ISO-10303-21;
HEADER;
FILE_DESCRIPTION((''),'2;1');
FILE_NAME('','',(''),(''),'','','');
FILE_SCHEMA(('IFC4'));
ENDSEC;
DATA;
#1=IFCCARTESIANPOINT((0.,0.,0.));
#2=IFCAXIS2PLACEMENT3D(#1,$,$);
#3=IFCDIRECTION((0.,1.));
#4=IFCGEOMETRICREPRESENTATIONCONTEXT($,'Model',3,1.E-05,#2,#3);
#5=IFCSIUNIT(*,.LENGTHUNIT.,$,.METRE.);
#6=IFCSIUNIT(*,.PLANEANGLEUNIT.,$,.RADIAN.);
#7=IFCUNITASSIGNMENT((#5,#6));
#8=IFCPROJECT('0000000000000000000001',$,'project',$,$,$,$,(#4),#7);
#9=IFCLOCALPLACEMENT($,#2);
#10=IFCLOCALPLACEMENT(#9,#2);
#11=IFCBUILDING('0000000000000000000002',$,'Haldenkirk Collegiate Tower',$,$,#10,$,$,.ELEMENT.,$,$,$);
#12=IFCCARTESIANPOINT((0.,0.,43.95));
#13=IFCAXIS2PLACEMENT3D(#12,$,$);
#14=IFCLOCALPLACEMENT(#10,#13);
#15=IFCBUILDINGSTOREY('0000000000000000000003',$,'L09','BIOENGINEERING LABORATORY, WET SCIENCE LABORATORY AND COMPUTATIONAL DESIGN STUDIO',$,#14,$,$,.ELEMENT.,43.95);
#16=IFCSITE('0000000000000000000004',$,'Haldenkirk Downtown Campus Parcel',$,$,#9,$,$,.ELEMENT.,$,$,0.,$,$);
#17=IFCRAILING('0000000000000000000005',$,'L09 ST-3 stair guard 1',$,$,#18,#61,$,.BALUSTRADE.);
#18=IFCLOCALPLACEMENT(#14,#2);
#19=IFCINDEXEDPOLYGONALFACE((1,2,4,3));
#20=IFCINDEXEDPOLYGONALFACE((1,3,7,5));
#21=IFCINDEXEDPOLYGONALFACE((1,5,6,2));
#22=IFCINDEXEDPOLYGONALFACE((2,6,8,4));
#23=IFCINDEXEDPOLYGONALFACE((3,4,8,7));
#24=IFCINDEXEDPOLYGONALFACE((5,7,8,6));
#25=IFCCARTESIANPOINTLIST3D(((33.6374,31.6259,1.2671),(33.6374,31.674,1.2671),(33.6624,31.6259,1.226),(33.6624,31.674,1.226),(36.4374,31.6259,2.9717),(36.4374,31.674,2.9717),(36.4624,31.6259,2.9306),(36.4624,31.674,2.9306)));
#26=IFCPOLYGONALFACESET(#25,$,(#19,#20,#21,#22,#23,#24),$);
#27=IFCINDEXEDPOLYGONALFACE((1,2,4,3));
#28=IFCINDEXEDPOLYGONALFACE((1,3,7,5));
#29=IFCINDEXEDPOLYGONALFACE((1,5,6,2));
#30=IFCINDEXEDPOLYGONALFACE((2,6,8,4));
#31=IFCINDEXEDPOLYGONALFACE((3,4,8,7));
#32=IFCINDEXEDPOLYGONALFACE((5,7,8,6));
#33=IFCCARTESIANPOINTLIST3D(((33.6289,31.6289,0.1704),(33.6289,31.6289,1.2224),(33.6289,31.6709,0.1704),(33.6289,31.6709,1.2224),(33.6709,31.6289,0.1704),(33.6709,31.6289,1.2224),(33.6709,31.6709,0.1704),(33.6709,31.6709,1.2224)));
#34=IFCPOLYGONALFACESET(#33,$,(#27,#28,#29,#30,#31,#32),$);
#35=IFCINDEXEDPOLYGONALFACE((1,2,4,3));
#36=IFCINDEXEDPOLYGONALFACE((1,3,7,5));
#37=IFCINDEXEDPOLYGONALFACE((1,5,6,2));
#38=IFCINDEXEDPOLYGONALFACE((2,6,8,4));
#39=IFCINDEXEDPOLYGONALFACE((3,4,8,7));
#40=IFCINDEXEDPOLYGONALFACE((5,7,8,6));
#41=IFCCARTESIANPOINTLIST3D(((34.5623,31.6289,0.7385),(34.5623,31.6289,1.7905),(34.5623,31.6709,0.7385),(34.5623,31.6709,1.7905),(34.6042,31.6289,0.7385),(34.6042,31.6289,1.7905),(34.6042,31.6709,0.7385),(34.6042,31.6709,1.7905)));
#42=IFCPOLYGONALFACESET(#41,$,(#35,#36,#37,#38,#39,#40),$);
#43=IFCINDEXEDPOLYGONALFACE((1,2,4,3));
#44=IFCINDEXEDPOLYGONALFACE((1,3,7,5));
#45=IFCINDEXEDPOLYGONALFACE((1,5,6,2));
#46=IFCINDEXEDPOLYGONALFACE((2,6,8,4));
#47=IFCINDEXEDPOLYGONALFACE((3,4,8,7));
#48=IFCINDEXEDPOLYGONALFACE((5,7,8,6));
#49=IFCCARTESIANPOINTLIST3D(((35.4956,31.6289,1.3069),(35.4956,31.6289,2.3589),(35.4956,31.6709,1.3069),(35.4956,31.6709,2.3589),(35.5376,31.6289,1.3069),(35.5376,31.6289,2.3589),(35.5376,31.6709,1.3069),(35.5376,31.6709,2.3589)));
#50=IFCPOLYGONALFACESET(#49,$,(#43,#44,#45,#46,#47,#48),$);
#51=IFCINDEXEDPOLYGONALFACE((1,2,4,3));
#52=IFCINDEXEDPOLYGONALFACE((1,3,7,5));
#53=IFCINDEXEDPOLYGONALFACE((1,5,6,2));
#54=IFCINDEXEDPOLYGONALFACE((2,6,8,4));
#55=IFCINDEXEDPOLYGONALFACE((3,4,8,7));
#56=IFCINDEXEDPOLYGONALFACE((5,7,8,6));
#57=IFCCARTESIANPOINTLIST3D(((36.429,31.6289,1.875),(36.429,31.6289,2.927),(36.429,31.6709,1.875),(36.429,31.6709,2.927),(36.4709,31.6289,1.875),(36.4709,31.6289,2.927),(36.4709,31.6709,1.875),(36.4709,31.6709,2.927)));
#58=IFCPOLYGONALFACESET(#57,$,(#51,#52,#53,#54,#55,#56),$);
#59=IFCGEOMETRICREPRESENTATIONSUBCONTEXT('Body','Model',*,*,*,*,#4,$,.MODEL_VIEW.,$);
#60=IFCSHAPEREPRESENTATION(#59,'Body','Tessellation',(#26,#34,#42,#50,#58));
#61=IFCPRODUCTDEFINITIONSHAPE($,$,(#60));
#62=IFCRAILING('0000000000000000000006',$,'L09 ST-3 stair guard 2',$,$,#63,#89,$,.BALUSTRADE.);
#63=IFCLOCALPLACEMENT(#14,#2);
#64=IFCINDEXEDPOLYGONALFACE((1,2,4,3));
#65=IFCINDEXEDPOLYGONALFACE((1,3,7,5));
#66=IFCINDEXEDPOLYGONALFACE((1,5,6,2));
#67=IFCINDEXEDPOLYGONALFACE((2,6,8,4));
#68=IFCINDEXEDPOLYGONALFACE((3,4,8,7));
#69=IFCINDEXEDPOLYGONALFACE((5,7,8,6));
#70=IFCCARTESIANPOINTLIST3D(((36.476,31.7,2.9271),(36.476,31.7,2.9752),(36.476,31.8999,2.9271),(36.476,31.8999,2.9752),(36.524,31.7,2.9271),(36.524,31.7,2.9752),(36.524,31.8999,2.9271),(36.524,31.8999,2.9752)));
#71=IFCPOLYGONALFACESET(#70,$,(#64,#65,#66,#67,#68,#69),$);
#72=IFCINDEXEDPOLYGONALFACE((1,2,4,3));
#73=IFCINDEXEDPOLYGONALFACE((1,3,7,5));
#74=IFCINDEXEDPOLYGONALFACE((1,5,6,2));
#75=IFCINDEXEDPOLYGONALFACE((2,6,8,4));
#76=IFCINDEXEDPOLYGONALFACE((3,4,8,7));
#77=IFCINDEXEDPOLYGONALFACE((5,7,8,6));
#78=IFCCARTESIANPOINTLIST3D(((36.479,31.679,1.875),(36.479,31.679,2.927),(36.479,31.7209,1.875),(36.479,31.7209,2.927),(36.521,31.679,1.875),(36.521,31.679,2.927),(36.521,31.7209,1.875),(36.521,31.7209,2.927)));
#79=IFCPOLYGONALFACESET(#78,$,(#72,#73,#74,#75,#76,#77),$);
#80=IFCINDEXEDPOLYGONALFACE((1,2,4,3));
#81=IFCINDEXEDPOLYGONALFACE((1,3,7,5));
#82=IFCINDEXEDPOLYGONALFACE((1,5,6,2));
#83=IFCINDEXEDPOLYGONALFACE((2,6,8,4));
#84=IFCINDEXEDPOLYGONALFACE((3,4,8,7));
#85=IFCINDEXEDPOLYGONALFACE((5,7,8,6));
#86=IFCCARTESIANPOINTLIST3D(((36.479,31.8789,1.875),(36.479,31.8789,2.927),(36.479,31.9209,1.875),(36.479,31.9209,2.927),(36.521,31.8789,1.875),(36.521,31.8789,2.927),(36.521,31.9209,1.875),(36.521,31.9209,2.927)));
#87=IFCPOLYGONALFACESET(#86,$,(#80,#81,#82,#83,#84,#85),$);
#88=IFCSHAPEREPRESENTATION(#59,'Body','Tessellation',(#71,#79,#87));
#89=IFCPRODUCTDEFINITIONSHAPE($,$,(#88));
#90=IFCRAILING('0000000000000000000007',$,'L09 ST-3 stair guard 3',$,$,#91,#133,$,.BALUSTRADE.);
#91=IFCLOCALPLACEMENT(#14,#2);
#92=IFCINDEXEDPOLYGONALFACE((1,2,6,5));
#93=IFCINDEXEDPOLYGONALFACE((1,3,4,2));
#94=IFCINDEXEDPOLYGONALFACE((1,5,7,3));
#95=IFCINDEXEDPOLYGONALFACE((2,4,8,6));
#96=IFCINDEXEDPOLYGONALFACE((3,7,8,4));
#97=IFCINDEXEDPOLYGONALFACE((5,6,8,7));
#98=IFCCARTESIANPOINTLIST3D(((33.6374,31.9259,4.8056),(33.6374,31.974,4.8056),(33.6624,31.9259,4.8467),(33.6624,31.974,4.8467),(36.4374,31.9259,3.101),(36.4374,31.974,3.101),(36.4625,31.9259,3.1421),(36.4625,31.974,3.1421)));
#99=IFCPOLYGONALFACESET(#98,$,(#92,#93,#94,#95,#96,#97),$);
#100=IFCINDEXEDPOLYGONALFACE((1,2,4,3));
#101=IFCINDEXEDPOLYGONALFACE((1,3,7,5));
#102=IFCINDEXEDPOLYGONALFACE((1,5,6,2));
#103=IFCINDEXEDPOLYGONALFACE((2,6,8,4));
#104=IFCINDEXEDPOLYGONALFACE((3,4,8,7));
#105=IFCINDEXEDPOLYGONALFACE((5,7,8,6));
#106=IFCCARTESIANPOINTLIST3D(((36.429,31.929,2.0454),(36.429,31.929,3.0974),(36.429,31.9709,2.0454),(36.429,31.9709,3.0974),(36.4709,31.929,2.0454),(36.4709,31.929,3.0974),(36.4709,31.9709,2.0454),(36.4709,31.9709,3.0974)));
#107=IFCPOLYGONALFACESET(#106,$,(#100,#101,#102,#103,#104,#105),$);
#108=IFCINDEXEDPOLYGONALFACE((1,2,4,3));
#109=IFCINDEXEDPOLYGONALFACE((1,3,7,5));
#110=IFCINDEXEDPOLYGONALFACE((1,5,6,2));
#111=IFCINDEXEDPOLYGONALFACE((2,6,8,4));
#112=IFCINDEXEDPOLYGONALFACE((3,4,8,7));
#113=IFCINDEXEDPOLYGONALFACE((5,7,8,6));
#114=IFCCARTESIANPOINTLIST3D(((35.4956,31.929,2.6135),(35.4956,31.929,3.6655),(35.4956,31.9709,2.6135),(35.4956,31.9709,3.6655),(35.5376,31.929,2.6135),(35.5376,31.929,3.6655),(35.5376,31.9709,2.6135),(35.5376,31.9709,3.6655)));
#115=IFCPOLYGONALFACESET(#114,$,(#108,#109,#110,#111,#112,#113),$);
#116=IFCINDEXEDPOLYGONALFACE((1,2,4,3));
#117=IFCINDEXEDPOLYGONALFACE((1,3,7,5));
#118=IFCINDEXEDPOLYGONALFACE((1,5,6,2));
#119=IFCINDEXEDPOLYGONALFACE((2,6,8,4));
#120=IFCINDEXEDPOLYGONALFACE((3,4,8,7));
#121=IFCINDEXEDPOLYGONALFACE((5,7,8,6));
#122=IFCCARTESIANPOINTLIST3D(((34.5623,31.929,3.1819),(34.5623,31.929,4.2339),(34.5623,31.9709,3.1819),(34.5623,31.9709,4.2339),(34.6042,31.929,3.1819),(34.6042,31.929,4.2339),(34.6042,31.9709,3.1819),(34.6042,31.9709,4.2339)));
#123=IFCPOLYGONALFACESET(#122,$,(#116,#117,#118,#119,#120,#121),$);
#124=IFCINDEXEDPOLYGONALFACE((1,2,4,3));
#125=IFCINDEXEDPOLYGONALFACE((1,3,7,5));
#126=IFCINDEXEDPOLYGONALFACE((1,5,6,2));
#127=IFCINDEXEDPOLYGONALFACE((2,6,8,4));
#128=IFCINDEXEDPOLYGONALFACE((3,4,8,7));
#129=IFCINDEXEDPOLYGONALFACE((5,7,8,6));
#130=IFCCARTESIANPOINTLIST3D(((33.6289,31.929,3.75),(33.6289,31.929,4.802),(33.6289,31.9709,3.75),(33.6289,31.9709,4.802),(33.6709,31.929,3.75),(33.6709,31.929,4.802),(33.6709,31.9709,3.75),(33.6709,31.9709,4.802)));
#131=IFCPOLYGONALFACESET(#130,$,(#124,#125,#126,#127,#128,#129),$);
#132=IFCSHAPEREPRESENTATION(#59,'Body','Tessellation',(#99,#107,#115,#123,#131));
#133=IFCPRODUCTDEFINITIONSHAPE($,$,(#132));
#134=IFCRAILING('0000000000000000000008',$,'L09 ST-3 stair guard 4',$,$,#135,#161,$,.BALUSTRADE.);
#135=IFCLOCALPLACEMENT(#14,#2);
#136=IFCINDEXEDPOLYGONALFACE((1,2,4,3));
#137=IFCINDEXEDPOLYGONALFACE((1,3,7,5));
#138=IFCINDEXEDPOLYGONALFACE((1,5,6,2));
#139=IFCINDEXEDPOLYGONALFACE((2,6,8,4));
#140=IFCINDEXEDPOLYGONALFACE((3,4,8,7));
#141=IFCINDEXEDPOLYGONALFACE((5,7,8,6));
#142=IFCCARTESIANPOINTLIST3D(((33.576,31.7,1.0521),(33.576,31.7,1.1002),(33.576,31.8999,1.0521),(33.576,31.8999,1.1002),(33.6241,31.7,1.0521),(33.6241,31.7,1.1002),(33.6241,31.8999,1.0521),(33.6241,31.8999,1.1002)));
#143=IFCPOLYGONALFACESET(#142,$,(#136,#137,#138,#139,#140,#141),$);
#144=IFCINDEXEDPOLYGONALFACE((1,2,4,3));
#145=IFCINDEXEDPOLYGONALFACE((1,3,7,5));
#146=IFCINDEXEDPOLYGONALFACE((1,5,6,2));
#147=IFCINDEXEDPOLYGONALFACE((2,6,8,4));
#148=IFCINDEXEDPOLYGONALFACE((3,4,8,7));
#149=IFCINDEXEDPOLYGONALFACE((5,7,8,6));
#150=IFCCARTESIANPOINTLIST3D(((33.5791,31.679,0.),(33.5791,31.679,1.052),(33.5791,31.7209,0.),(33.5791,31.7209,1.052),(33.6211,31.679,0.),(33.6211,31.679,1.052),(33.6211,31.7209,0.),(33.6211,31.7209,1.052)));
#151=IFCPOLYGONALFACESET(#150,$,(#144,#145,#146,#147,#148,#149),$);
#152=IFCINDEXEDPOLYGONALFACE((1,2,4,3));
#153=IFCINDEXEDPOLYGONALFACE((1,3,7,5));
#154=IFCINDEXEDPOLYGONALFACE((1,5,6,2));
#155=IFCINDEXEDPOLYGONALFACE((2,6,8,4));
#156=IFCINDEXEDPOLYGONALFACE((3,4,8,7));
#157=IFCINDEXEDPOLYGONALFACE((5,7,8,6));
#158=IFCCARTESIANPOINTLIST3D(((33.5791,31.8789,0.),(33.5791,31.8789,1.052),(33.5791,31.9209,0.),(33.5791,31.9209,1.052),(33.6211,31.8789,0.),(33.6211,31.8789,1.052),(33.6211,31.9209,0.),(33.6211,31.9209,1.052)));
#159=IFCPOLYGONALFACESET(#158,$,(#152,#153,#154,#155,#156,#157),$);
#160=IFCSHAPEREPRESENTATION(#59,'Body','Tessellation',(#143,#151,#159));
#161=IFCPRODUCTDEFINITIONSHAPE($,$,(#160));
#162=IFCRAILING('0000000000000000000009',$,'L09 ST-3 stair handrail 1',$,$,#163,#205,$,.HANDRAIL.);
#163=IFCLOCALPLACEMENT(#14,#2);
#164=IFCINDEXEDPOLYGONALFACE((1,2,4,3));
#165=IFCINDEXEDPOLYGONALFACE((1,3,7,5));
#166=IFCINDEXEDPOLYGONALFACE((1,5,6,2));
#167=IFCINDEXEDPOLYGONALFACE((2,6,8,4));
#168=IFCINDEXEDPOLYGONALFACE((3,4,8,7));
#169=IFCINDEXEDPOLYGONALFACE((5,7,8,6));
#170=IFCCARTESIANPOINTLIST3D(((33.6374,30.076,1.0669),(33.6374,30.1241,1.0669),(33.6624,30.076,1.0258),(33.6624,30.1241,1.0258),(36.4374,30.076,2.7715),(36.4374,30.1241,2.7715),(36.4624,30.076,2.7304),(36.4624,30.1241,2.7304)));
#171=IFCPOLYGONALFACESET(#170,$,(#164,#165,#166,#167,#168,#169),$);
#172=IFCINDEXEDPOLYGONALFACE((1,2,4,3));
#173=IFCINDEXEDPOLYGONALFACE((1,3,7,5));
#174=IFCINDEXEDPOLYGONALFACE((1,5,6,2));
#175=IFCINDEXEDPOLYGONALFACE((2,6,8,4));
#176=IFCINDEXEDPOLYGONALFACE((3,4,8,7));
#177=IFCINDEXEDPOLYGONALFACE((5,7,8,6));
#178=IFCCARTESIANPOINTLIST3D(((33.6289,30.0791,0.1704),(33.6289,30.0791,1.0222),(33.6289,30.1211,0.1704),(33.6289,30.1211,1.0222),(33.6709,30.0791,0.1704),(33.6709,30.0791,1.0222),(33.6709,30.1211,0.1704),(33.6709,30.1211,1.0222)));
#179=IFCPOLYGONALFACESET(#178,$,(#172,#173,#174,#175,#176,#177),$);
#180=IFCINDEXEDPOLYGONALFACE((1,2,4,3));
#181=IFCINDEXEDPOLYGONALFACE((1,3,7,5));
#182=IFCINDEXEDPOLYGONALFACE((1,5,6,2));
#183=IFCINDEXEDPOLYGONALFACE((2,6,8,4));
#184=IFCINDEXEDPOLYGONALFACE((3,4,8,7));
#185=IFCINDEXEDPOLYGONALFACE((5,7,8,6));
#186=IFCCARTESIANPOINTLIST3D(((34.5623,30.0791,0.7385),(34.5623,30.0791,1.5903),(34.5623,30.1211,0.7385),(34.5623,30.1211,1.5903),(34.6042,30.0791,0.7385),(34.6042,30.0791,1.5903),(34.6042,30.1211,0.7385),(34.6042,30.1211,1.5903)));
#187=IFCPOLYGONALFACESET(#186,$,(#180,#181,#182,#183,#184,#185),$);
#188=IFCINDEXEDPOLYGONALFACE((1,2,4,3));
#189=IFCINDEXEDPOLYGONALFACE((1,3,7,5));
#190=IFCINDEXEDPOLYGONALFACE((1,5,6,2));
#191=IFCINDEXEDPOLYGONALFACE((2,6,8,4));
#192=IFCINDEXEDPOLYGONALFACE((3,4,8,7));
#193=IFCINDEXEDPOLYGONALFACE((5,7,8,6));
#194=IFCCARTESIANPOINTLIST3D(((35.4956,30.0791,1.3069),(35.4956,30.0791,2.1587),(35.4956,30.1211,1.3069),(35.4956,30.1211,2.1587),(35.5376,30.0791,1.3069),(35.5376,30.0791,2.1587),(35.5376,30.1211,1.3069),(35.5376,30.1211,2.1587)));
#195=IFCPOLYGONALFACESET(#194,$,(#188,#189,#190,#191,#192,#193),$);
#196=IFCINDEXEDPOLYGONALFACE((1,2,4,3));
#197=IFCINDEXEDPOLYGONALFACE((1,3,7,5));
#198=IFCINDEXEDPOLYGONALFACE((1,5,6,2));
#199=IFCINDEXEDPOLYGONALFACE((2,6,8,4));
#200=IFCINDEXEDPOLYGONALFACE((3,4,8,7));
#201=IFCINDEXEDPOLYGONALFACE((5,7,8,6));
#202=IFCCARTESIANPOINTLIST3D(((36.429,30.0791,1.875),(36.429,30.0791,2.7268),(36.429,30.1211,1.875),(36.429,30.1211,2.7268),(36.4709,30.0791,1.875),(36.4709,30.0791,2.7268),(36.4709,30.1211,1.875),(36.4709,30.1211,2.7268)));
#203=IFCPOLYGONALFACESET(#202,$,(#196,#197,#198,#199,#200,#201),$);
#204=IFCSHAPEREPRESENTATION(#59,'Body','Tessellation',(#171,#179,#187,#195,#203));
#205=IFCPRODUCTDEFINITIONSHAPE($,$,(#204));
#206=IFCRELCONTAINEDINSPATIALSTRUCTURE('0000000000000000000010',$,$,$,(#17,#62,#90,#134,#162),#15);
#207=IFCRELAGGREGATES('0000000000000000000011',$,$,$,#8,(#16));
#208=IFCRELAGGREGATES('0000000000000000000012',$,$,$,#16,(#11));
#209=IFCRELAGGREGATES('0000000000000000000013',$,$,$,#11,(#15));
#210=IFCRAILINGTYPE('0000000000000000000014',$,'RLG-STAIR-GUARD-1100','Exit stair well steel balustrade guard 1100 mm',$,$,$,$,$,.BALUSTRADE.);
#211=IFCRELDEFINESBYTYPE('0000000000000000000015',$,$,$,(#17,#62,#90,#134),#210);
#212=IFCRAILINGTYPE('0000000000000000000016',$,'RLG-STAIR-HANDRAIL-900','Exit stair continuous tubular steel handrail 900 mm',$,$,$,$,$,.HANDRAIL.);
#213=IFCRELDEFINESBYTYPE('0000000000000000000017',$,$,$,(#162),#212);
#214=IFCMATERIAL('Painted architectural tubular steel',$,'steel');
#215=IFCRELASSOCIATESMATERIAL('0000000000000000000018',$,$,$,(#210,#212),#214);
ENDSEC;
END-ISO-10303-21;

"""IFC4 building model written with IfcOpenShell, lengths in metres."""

from ifc_helpers import new_model, si_unit, direction, frame, origin, origin_2d, place, context, subcontext, project, spatial, rectangle, extrude, material, type_object, element, save


model = new_model("IFC4")

# Units and contexts
model_context = context("Model", 3, precision=1e-05, world=origin(), true_north=direction((0.0, 1.0)))
body_context = subcontext(model_context, "Body", "Model", "MODEL_VIEW")
ifc_project = project(units=[si_unit("LENGTHUNIT", "METRE"), si_unit("PLANEANGLEUNIT", "RADIAN")], contexts=[model_context])

# Site, building, storey
site_placement = place(None, origin())
site = spatial("IfcSite", under=ifc_project, at=site_placement, Name="Haldenkirk Downtown Campus Parcel", CompositionType="ELEMENT", RefElevation=0.0)
building_placement = place(site_placement, origin())
building = spatial("IfcBuilding", under=site, at=building_placement, Name="Haldenkirk Collegiate Tower", CompositionType="ELEMENT")
storey_placement = place(building_placement, frame((0.0, 0.0, 43.95)))
storey = spatial("IfcBuildingStorey", under=building, at=storey_placement, Name="L09", Description="BIOENGINEERING LABORATORY, WET SCIENCE LABORATORY AND COMPUTATIONAL DESIGN STUDIO", CompositionType="ELEMENT", Elevation=43.95)

# Railings
ifc_material_1 = material(Name="Painted architectural tubular steel", Category="steel")
railing_type_1 = type_object("IfcRailingType", Name="RLG-STAIR-GUARD-1100", Description="Exit stair well steel balustrade guard 1100 mm", PredefinedType="BALUSTRADE", material=ifc_material_1)
railing_1_placement = place(storey_placement, frame((33.6499, 31.6499, 0.1704)))
element("IfcRailing", 1, at=railing_1_placement, inside=storey, type_object=railing_type_1, Name="L09 ST-3 stair guard 1", PredefinedType="BALUSTRADE", context=body_context, shape_type="SweptSolid", body=[
    extrude(rectangle(XDim=0.0481, YDim=0.0481, at=origin_2d()), frame((0.0, 0.0, 1.0762), z_axis=(0.85417, 0.0, 0.519994), x_axis=(0.0, 1.0, 0.0)), (0.0, 0.0, 1.0), 3.2781),
    extrude(rectangle(XDim=0.042, YDim=0.042, at=origin_2d()), origin(), (0.0, 0.0, 1.0), 1.052),
    extrude(rectangle(XDim=0.042, YDim=0.042, at=origin_2d()), frame((0.9333, 0.0, 0.5681)), (0.0, 0.0, 1.0), 1.052),
    extrude(rectangle(XDim=0.042, YDim=0.042, at=origin_2d()), frame((1.8667, 0.0, 1.1365)), (0.0, 0.0, 1.0), 1.052),
    extrude(rectangle(XDim=0.042, YDim=0.042, at=origin_2d()), frame((2.8, 0.0, 1.7046)), (0.0, 0.0, 1.0), 1.052),
])
railing_2_placement = place(storey_placement, frame((36.5, 31.7, 1.875)))
element("IfcRailing", 2, at=railing_2_placement, inside=storey, type_object=railing_type_1, Name="L09 ST-3 stair guard 2", PredefinedType="BALUSTRADE", context=body_context, shape_type="SweptSolid", body=[
    extrude(rectangle(XDim=0.0481, YDim=0.0481, at=origin_2d()), frame((0.0, 0.0, 1.0762), z_axis=(0.0, 1.0, 0.0), x_axis=(-1.0, 0.0, 0.0)), (0.0, 0.0, 1.0), 0.2),
    extrude(rectangle(XDim=0.042, YDim=0.042, at=origin_2d()), origin(), (0.0, 0.0, 1.0), 1.052),
    extrude(rectangle(XDim=0.042, YDim=0.042, at=origin_2d()), frame((0.0, 0.2, 0.0)), (0.0, 0.0, 1.0), 1.052),
])
railing_3_placement = place(storey_placement, frame((36.45, 31.95, 2.0454)))
element("IfcRailing", 3, at=railing_3_placement, inside=storey, type_object=railing_type_1, Name="L09 ST-3 stair guard 3", PredefinedType="BALUSTRADE", context=body_context, shape_type="SweptSolid", body=[
    extrude(rectangle(XDim=0.0481, YDim=0.0481, at=origin_2d()), frame((0.0, 0.0, 1.0762), z_axis=(-0.85417, 0.0, 0.519994), x_axis=(0.0, -1.0, 0.0)), (0.0, 0.0, 1.0), 3.2781),
    extrude(rectangle(XDim=0.042, YDim=0.042, at=origin_2d()), origin(), (0.0, 0.0, 1.0), 1.052),
    extrude(rectangle(XDim=0.042, YDim=0.042, at=origin_2d()), frame((-0.9333, 0.0, 0.5681)), (0.0, 0.0, 1.0), 1.052),
    extrude(rectangle(XDim=0.042, YDim=0.042, at=origin_2d()), frame((-1.8667, 0.0, 1.1365)), (0.0, 0.0, 1.0), 1.052),
    extrude(rectangle(XDim=0.042, YDim=0.042, at=origin_2d()), frame((-2.8, 0.0, 1.7046)), (0.0, 0.0, 1.0), 1.052),
])
railing_4_placement = place(storey_placement, frame((33.6001, 31.7, 0.0)))
element("IfcRailing", 4, at=railing_4_placement, inside=storey, type_object=railing_type_1, Name="L09 ST-3 stair guard 4", PredefinedType="BALUSTRADE", context=body_context, shape_type="SweptSolid", body=[
    extrude(rectangle(XDim=0.0481, YDim=0.0481, at=origin_2d()), frame((0.0, 0.0, 1.0762), z_axis=(0.0, 1.0, 0.0), x_axis=(-1.0, 0.0, 0.0)), (0.0, 0.0, 1.0), 0.2),
    extrude(rectangle(XDim=0.042, YDim=0.042, at=origin_2d()), origin(), (0.0, 0.0, 1.0), 1.052),
    extrude(rectangle(XDim=0.042, YDim=0.042, at=origin_2d()), frame((0.0, 0.2, 0.0)), (0.0, 0.0, 1.0), 1.052),
])
railing_type_2 = type_object("IfcRailingType", Name="RLG-STAIR-HANDRAIL-900", Description="Exit stair continuous tubular steel handrail 900 mm", PredefinedType="HANDRAIL", material=ifc_material_1)
railing_5_placement = place(storey_placement, frame((33.6499, 30.1001, 0.1704)))
element("IfcRailing", 5, at=railing_5_placement, inside=storey, type_object=railing_type_2, Name="L09 ST-3 stair handrail 1", PredefinedType="HANDRAIL", context=body_context, shape_type="SweptSolid", body=[
    extrude(rectangle(XDim=0.0481, YDim=0.0481, at=origin_2d()), frame((0.0, 0.0, 0.876), z_axis=(0.85417, 0.0, 0.519994), x_axis=(0.0, 1.0, 0.0)), (0.0, 0.0, 1.0), 3.2781),
    extrude(rectangle(XDim=0.042, YDim=0.042, at=origin_2d()), origin(), (0.0, 0.0, 1.0), 0.8518),
    extrude(rectangle(XDim=0.042, YDim=0.042, at=origin_2d()), frame((0.9333, 0.0, 0.5681)), (0.0, 0.0, 1.0), 0.8518),
    extrude(rectangle(XDim=0.042, YDim=0.042, at=origin_2d()), frame((1.8667, 0.0, 1.1365)), (0.0, 0.0, 1.0), 0.8518),
    extrude(rectangle(XDim=0.042, YDim=0.042, at=origin_2d()), frame((2.8, 0.0, 1.7046)), (0.0, 0.0, 1.0), 0.8518),
])

save(model, "model.ifc")
